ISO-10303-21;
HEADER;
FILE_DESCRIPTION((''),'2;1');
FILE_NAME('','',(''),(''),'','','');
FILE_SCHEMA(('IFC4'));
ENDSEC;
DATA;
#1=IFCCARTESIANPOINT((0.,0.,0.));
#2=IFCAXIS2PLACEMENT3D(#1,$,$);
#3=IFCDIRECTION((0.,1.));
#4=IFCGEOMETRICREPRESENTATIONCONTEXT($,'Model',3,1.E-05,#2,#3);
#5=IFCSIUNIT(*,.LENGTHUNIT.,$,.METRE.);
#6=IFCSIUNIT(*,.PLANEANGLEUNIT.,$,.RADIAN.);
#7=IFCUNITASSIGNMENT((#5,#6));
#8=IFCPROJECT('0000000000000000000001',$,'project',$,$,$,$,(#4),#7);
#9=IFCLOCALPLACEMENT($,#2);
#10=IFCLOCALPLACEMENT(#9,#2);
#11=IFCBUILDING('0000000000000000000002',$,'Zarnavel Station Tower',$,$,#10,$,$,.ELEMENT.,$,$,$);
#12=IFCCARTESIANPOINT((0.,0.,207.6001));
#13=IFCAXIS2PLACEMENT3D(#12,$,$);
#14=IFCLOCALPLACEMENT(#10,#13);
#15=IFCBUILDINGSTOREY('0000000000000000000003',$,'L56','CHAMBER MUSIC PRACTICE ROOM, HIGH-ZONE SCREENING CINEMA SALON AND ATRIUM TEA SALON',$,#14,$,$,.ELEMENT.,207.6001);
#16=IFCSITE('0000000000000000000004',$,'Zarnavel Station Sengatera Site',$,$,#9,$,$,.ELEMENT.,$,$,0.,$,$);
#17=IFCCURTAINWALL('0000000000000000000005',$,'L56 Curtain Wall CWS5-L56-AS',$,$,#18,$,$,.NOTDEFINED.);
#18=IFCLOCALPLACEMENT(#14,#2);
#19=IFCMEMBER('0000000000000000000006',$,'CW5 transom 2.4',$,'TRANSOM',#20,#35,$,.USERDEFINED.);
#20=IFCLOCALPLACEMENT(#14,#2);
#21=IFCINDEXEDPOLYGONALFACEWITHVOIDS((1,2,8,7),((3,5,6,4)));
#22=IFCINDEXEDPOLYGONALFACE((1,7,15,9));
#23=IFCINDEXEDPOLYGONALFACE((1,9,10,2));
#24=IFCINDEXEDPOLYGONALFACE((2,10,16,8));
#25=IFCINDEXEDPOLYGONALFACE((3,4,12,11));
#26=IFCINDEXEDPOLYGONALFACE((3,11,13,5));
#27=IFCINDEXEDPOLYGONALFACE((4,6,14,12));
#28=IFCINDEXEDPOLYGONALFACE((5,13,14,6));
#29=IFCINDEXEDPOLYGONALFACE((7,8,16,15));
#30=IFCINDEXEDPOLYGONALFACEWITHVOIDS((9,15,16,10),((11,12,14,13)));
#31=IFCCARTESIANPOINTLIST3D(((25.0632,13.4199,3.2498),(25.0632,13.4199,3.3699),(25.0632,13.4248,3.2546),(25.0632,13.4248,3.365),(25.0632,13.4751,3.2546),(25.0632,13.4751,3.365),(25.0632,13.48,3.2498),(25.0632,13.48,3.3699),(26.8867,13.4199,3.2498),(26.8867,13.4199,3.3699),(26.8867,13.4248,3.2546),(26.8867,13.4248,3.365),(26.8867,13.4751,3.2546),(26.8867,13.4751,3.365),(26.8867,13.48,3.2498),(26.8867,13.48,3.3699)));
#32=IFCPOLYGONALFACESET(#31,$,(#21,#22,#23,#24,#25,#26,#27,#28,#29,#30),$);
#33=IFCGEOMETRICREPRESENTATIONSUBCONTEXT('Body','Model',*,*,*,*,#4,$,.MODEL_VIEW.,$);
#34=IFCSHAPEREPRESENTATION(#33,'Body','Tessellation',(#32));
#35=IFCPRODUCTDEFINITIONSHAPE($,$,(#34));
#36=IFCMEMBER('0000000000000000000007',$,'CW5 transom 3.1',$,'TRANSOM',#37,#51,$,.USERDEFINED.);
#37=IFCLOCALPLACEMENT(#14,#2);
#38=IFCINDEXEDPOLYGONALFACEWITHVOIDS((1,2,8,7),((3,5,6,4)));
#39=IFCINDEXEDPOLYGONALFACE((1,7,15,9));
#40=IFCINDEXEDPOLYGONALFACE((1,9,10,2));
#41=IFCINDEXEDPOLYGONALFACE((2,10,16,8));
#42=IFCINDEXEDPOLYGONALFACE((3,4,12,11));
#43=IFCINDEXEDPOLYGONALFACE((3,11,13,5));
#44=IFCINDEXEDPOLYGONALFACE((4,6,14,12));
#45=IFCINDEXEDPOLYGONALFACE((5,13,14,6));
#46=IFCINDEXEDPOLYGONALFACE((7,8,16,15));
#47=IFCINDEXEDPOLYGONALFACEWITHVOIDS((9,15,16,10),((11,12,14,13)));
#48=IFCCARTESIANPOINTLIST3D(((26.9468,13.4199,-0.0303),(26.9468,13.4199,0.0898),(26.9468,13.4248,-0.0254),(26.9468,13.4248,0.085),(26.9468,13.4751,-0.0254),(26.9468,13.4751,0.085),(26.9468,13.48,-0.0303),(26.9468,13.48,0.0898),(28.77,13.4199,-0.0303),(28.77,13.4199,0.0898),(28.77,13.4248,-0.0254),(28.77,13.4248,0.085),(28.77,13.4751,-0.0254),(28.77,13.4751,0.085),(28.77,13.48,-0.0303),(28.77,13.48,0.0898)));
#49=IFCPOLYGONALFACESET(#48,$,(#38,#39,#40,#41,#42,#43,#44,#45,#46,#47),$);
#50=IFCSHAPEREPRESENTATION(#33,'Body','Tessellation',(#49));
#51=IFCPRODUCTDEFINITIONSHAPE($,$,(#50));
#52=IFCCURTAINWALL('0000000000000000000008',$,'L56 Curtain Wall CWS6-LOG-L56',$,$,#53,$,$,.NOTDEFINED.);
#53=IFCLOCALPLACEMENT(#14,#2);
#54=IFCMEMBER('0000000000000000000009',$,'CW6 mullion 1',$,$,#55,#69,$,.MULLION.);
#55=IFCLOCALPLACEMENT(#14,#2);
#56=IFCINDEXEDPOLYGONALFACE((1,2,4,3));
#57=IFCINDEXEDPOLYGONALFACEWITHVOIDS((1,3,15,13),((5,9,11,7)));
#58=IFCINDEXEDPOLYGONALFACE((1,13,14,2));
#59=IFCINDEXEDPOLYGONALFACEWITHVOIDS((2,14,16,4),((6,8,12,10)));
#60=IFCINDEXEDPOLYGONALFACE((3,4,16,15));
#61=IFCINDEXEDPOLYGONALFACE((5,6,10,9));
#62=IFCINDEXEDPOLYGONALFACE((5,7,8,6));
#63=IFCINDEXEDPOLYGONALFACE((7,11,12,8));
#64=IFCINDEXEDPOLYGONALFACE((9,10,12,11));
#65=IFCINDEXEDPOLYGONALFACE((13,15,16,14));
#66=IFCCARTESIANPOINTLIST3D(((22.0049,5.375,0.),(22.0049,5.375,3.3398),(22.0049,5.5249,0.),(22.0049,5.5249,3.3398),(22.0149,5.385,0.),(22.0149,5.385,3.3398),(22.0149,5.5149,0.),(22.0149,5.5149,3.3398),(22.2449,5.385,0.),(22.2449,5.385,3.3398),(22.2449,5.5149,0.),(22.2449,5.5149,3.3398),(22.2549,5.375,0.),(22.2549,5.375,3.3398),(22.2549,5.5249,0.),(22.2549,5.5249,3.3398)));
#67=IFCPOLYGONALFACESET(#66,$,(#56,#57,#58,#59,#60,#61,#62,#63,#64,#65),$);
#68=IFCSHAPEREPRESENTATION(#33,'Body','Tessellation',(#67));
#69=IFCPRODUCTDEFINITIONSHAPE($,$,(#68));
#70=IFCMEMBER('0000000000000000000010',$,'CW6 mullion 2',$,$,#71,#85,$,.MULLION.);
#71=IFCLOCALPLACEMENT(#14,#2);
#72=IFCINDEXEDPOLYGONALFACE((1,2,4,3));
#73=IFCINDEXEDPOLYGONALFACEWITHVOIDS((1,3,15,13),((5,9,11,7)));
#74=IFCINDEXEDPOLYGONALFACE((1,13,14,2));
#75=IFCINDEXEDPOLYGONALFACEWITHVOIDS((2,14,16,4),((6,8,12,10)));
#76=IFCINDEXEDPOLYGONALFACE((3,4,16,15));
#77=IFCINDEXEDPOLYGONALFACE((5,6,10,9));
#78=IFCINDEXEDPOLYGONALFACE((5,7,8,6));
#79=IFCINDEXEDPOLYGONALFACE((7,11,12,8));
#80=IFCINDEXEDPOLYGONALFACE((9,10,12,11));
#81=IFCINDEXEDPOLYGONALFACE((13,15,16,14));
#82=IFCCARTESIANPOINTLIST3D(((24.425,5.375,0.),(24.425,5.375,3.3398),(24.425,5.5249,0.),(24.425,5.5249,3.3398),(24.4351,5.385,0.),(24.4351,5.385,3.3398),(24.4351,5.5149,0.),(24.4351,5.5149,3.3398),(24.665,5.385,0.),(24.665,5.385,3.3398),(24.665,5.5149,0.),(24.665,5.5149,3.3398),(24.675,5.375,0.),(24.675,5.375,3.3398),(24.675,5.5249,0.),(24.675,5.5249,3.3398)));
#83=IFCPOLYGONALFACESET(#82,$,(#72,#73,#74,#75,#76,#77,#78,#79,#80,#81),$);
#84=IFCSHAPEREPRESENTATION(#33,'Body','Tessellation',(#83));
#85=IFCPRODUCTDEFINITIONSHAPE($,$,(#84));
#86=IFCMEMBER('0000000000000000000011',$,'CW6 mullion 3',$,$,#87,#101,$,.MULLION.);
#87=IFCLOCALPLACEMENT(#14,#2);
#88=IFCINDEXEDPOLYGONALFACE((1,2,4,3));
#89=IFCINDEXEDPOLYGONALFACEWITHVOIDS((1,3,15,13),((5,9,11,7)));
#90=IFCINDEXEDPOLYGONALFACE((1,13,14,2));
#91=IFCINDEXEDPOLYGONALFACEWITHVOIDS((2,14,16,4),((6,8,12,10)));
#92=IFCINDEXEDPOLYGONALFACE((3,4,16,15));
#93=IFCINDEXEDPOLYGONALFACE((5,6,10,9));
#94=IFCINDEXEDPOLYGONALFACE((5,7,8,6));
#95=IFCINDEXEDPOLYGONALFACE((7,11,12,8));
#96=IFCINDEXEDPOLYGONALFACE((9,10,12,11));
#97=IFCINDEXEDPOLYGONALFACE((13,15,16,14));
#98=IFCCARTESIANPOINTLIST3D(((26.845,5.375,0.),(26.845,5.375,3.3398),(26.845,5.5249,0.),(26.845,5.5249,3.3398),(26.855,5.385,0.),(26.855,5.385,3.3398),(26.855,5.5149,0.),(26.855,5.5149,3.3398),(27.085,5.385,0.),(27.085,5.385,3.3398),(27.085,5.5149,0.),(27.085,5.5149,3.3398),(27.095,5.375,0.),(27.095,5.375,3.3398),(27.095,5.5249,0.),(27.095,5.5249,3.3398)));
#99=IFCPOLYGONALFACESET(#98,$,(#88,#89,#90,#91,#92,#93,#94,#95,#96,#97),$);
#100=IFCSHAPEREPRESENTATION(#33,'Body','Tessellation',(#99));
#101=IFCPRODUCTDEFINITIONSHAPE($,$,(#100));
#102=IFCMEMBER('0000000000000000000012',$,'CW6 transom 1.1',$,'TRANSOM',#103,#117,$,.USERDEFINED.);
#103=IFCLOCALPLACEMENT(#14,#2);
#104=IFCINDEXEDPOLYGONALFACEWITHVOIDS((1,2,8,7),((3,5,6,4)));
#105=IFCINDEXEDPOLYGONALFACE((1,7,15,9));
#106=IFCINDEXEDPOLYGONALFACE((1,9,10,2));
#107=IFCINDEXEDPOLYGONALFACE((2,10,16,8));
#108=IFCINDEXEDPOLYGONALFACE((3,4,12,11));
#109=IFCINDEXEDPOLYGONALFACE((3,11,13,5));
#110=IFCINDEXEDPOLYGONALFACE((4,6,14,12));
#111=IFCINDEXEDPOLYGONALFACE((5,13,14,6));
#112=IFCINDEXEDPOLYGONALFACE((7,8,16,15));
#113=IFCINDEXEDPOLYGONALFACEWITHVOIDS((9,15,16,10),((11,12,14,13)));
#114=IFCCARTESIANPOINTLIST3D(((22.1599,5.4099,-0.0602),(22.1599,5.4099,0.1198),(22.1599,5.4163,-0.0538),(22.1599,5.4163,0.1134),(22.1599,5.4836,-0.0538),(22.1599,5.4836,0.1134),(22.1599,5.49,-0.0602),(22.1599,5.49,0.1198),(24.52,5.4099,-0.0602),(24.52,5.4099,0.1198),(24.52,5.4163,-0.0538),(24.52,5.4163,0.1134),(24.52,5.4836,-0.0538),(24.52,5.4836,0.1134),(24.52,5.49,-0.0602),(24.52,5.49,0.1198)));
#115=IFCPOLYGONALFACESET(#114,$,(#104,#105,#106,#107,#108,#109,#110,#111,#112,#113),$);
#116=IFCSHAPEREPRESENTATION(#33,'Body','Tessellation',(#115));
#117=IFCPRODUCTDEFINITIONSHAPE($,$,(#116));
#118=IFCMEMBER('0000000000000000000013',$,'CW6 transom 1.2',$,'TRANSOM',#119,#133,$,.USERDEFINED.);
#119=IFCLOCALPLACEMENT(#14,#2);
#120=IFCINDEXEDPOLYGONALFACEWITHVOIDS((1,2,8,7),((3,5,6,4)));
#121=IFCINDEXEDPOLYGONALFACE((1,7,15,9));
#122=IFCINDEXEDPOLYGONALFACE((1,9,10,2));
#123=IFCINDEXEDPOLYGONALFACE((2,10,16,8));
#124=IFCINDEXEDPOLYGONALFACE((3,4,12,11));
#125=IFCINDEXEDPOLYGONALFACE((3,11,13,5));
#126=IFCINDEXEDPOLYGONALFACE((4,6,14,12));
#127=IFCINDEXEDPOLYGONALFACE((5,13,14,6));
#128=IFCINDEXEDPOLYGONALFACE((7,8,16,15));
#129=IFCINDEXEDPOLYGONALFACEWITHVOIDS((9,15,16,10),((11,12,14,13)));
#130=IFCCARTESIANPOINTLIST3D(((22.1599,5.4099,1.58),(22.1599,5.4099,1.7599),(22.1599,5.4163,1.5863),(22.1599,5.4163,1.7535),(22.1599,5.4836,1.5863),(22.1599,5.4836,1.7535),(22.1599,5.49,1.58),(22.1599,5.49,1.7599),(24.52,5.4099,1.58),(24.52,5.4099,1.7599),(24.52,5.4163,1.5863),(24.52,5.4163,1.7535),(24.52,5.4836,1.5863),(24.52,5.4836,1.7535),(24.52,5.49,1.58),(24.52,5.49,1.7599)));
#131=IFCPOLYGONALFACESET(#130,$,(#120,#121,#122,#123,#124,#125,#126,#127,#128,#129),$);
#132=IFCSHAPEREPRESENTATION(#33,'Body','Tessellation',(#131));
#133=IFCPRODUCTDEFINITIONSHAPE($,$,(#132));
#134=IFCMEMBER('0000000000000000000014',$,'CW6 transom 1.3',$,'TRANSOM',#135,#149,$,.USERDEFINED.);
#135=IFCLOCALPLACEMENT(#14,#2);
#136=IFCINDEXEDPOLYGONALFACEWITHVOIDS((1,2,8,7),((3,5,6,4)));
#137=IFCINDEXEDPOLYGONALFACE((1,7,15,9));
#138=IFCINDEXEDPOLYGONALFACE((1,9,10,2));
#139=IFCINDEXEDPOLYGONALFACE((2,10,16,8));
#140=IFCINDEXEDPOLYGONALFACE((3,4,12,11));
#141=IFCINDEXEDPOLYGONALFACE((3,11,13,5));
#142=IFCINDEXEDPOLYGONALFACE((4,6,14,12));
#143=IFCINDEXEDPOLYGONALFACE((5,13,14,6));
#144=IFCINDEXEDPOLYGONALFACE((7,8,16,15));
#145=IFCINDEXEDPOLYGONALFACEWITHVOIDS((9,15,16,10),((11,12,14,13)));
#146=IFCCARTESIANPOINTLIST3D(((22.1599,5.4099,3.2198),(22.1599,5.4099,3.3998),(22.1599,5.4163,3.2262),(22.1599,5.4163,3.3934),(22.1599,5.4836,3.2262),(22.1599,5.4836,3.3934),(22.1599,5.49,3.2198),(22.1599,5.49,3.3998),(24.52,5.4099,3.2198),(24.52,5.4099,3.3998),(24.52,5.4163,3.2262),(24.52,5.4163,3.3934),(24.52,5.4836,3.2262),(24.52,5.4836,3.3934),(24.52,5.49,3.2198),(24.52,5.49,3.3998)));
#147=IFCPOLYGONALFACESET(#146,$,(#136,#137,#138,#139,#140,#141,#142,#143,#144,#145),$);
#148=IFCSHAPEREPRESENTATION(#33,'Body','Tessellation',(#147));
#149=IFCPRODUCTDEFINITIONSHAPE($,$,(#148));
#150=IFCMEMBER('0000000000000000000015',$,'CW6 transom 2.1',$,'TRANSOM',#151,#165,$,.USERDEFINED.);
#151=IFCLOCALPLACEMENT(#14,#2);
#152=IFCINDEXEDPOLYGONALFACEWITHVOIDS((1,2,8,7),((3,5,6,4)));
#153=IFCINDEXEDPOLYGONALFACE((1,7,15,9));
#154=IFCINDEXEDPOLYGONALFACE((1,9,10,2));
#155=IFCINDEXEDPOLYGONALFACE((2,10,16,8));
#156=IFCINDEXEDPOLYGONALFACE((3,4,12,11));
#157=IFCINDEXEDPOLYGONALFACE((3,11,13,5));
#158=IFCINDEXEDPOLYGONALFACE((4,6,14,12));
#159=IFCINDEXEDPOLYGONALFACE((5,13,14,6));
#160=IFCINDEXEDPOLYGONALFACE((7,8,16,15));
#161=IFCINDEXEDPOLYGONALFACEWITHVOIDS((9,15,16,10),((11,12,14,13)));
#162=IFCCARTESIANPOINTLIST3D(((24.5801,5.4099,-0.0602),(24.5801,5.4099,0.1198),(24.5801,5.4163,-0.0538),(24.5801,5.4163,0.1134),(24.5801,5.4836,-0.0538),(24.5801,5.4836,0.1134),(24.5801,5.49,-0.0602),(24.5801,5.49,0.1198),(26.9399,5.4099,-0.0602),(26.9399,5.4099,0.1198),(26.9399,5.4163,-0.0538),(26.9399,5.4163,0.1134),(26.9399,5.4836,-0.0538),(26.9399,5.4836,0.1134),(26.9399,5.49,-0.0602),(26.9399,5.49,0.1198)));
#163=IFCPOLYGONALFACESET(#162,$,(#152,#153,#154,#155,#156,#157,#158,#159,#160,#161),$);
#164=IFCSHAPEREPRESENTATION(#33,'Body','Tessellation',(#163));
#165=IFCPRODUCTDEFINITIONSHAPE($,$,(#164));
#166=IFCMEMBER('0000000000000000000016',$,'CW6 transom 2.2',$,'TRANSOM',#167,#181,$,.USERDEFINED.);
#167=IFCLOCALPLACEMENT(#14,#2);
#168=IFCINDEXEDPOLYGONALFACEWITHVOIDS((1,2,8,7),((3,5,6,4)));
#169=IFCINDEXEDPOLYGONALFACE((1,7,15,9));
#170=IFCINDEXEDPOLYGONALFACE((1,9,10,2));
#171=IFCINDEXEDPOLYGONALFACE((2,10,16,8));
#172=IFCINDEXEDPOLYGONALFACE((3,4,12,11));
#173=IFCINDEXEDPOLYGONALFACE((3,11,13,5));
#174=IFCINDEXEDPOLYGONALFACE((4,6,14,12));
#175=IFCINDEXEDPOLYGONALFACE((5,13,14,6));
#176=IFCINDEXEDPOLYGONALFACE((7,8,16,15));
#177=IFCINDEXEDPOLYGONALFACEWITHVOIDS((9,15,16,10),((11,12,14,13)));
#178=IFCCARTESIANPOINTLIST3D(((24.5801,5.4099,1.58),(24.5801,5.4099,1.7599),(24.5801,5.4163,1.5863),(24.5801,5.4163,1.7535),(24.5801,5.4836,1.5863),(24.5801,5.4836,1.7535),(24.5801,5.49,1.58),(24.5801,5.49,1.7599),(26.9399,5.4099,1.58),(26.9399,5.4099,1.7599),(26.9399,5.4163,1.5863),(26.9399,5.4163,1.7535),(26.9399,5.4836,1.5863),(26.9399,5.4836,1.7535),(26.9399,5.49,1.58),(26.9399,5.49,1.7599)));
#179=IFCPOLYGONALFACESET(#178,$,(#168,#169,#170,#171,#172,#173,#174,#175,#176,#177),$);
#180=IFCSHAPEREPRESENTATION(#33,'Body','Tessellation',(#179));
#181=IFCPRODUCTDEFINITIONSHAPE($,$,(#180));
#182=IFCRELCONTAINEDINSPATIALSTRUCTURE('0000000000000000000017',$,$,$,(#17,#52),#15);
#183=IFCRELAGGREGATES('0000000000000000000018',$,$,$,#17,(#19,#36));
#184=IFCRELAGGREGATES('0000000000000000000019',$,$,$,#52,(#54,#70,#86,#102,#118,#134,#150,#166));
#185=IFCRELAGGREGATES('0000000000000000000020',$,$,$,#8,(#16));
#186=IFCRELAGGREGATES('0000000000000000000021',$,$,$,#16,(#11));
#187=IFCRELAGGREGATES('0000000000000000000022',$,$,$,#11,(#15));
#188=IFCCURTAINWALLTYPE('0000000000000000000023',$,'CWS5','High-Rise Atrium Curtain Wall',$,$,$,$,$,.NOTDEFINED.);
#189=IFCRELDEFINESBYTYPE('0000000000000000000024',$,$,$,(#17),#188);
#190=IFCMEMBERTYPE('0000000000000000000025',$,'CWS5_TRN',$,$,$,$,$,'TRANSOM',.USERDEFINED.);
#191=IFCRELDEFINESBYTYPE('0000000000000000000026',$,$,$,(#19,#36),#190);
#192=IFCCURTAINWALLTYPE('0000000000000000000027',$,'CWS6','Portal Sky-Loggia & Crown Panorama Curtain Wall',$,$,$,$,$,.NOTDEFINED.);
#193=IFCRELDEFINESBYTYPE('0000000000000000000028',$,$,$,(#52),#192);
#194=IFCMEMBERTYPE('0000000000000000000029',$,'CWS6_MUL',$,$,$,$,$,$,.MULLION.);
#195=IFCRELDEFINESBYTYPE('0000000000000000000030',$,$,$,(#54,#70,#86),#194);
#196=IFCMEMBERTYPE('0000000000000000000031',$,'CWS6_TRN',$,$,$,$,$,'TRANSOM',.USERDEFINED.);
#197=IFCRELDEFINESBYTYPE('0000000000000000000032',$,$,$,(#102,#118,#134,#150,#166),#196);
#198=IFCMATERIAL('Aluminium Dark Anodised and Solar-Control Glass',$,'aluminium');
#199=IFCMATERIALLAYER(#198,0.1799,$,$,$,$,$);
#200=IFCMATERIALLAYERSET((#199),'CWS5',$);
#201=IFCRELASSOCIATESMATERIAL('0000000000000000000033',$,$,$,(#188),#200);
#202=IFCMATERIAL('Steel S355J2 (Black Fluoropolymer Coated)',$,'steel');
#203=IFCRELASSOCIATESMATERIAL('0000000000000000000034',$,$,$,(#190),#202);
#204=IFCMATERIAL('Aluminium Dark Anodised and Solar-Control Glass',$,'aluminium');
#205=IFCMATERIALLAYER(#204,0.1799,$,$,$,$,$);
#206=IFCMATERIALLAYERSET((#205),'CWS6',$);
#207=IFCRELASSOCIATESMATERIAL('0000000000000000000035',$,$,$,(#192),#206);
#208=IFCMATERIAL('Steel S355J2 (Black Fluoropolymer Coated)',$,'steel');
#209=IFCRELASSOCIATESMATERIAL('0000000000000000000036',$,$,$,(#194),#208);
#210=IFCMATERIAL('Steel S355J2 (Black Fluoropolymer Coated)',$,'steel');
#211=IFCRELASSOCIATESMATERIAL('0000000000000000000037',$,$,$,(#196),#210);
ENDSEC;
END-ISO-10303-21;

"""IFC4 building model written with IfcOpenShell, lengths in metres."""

from ifc_helpers import new_model, si_unit, direction, frame, origin, origin_2d, place, context, subcontext, project, spatial, hollow_rectangle, extrude, material, layer, layer_set, material_profile, profile_set, type_object, element, aggregate, save


model = new_model("IFC4")

# Units and contexts
model_context = context("Model", 3, precision=1e-05, world=origin(), true_north=direction((0.0, 1.0)))
body_context = subcontext(model_context, "Body", "Model", "MODEL_VIEW")
ifc_project = project(units=[si_unit("LENGTHUNIT", "METRE"), si_unit("PLANEANGLEUNIT", "RADIAN")], contexts=[model_context])

# Site, building, storey
site_placement = place(None, origin())
site = spatial("IfcSite", under=ifc_project, at=site_placement, Name="Zarnavel Station Sengatera Site", CompositionType="ELEMENT", RefElevation=0.0)
building_placement = place(site_placement, origin())
building = spatial("IfcBuilding", under=site, at=building_placement, Name="Zarnavel Station Tower", CompositionType="ELEMENT")
storey_placement = place(building_placement, frame((0.0, 0.0, 207.6001)))
storey = spatial("IfcBuildingStorey", under=building, at=storey_placement, Name="L56", Description="CHAMBER MUSIC PRACTICE ROOM, HIGH-ZONE SCREENING CINEMA SALON AND ATRIUM TEA SALON", CompositionType="ELEMENT", Elevation=207.6001)

# Curtain walls, members
ifc_material_1 = material(Name="Aluminium Dark Anodised and Solar-Control Glass", Category="aluminium")
ifc_layer_1 = layer(ifc_material_1, 0.1799)
ifc_layer_set_1 = layer_set([ifc_layer_1], Name="CWS5")
curtain_wall_type_1 = type_object("IfcCurtainWallType", Name="CWS5", Description="High-Rise Atrium Curtain Wall", PredefinedType="NOTDEFINED", material=ifc_layer_set_1)
curtain_wall_1_placement = place(storey_placement, origin())
curtain_wall_1 = element("IfcCurtainWall", 1, at=curtain_wall_1_placement, inside=storey, type_object=curtain_wall_type_1, Name="L56 Curtain Wall CWS5-L56-AS", PredefinedType="NOTDEFINED")
ifc_material_2 = material(Name="Steel S355J2 (Black Fluoropolymer Coated)", Category="steel")
ifc_material_profile_1 = material_profile(ifc_material_2, hollow_rectangle(XDim=0.0601, YDim=0.1201, WallThickness=0.0049, at=origin_2d()), Name="RHS120x60x5")
ifc_profile_set_1 = profile_set([ifc_material_profile_1], Name="Steel S355J2 (Black Fluoropolymer Coated)")
member_type_1 = type_object("IfcMemberType", Name="CWS5_TRN", ElementType="TRANSOM", PredefinedType="USERDEFINED", material=ifc_profile_set_1)
member_1_placement = place(storey_placement, frame((25.0632, 13.45, 3.3098), z_axis=(1.0, 0.0, 0.0), x_axis=(0.0, 1.0, 0.0)))
member_1 = element("IfcMember", 2, at=member_1_placement, type_object=member_type_1, Name="CW5 transom 2.4", ObjectType="TRANSOM", PredefinedType="USERDEFINED", context=body_context, shape_type="SweptSolid", body=[
    extrude(hollow_rectangle(XDim=0.0601, YDim=0.1201, WallThickness=0.0049, at=origin_2d()), origin(), (0.0, 0.0, 1.0), 1.8235),
])
member_2_placement = place(storey_placement, frame((26.9468, 13.45, 0.0298), z_axis=(1.0, 0.0, 0.0), x_axis=(0.0, 1.0, 0.0)))
member_2 = element("IfcMember", 3, at=member_2_placement, type_object=member_type_1, Name="CW5 transom 3.1", ObjectType="TRANSOM", PredefinedType="USERDEFINED", context=body_context, shape_type="SweptSolid", body=[
    extrude(hollow_rectangle(XDim=0.0601, YDim=0.1201, WallThickness=0.0049, at=origin_2d()), origin(), (0.0, 0.0, 1.0), 1.8232),
])
ifc_material_3 = material(Name="Aluminium Dark Anodised and Solar-Control Glass", Category="aluminium")
ifc_layer_2 = layer(ifc_material_3, 0.1799)
ifc_layer_set_2 = layer_set([ifc_layer_2], Name="CWS6")
curtain_wall_type_2 = type_object("IfcCurtainWallType", Name="CWS6", Description="Portal Sky-Loggia & Crown Panorama Curtain Wall", PredefinedType="NOTDEFINED", material=ifc_layer_set_2)
curtain_wall_2_placement = place(storey_placement, origin())
curtain_wall_2 = element("IfcCurtainWall", 4, at=curtain_wall_2_placement, inside=storey, type_object=curtain_wall_type_2, Name="L56 Curtain Wall CWS6-LOG-L56", PredefinedType="NOTDEFINED")
ifc_material_4 = material(Name="Steel S355J2 (Black Fluoropolymer Coated)", Category="steel")
ifc_material_profile_2 = material_profile(ifc_material_4, hollow_rectangle(XDim=0.1499, YDim=0.25, WallThickness=0.01, at=origin_2d()), Name="RHS250x150x10")
ifc_profile_set_2 = profile_set([ifc_material_profile_2], Name="Steel S355J2 (Black Fluoropolymer Coated)")
member_type_2 = type_object("IfcMemberType", Name="CWS6_MUL", PredefinedType="MULLION", material=ifc_profile_set_2)
member_3_placement = place(storey_placement, frame((22.1299, 5.45, 0.0), z_axis=(0.0, 0.0, 1.0), x_axis=(0.0, 1.0, 0.0)))
member_3 = element("IfcMember", 5, at=member_3_placement, type_object=member_type_2, Name="CW6 mullion 1", PredefinedType="MULLION", context=body_context, shape_type="SweptSolid", body=[
    extrude(hollow_rectangle(XDim=0.1499, YDim=0.25, WallThickness=0.01, at=origin_2d()), origin(), (0.0, 0.0, 1.0), 3.3398),
])
member_4_placement = place(storey_placement, frame((24.55, 5.45, 0.0), z_axis=(0.0, 0.0, 1.0), x_axis=(0.0, 1.0, 0.0)))
member_4 = element("IfcMember", 6, at=member_4_placement, type_object=member_type_2, Name="CW6 mullion 2", PredefinedType="MULLION", context=body_context, shape_type="SweptSolid", body=[
    extrude(hollow_rectangle(XDim=0.1499, YDim=0.25, WallThickness=0.01, at=origin_2d()), origin(), (0.0, 0.0, 1.0), 3.3398),
])
member_5_placement = place(storey_placement, frame((26.97, 5.45, 0.0), z_axis=(0.0, 0.0, 1.0), x_axis=(0.0, 1.0, 0.0)))
member_5 = element("IfcMember", 7, at=member_5_placement, type_object=member_type_2, Name="CW6 mullion 3", PredefinedType="MULLION", context=body_context, shape_type="SweptSolid", body=[
    extrude(hollow_rectangle(XDim=0.1499, YDim=0.25, WallThickness=0.01, at=origin_2d()), origin(), (0.0, 0.0, 1.0), 3.3398),
])
ifc_material_5 = material(Name="Steel S355J2 (Black Fluoropolymer Coated)", Category="steel")
ifc_material_profile_3 = material_profile(ifc_material_5, hollow_rectangle(XDim=0.0801, YDim=0.1799, WallThickness=0.0063, at=origin_2d()), Name="RHS180x80x6.3")
ifc_profile_set_3 = profile_set([ifc_material_profile_3], Name="Steel S355J2 (Black Fluoropolymer Coated)")
member_type_3 = type_object("IfcMemberType", Name="CWS6_TRN", ElementType="TRANSOM", PredefinedType="USERDEFINED", material=ifc_profile_set_3)
member_6_placement = place(storey_placement, frame((22.1599, 5.45, 0.0298), z_axis=(1.0, 0.0, 0.0), x_axis=(0.0, 1.0, 0.0)))
member_6 = element("IfcMember", 8, at=member_6_placement, type_object=member_type_3, Name="CW6 transom 1.1", ObjectType="TRANSOM", PredefinedType="USERDEFINED", context=body_context, shape_type="SweptSolid", body=[
    extrude(hollow_rectangle(XDim=0.0801, YDim=0.1799, WallThickness=0.0063, at=origin_2d()), origin(), (0.0, 0.0, 1.0), 2.3601),
])
member_7_placement = place(storey_placement, frame((22.1599, 5.45, 1.6699), z_axis=(1.0, 0.0, 0.0), x_axis=(0.0, 1.0, 0.0)))
member_7 = element("IfcMember", 9, at=member_7_placement, type_object=member_type_3, Name="CW6 transom 1.2", ObjectType="TRANSOM", PredefinedType="USERDEFINED", context=body_context, shape_type="SweptSolid", body=[
    extrude(hollow_rectangle(XDim=0.0801, YDim=0.1799, WallThickness=0.0063, at=origin_2d()), origin(), (0.0, 0.0, 1.0), 2.3601),
])
member_8_placement = place(storey_placement, frame((22.1599, 5.45, 3.3098), z_axis=(1.0, 0.0, 0.0), x_axis=(0.0, 1.0, 0.0)))
member_8 = element("IfcMember", 10, at=member_8_placement, type_object=member_type_3, Name="CW6 transom 1.3", ObjectType="TRANSOM", PredefinedType="USERDEFINED", context=body_context, shape_type="SweptSolid", body=[
    extrude(hollow_rectangle(XDim=0.0801, YDim=0.1799, WallThickness=0.0063, at=origin_2d()), origin(), (0.0, 0.0, 1.0), 2.3601),
])
member_9_placement = place(storey_placement, frame((24.5801, 5.45, 0.0298), z_axis=(1.0, 0.0, 0.0), x_axis=(0.0, 1.0, 0.0)))
member_9 = element("IfcMember", 11, at=member_9_placement, type_object=member_type_3, Name="CW6 transom 2.1", ObjectType="TRANSOM", PredefinedType="USERDEFINED", context=body_context, shape_type="SweptSolid", body=[
    extrude(hollow_rectangle(XDim=0.0801, YDim=0.1799, WallThickness=0.0063, at=origin_2d()), origin(), (0.0, 0.0, 1.0), 2.3599),
])
member_10_placement = place(storey_placement, frame((24.5801, 5.45, 1.6699), z_axis=(1.0, 0.0, 0.0), x_axis=(0.0, 1.0, 0.0)))
member_10 = element("IfcMember", 12, at=member_10_placement, type_object=member_type_3, Name="CW6 transom 2.2", ObjectType="TRANSOM", PredefinedType="USERDEFINED", context=body_context, shape_type="SweptSolid", body=[
    extrude(hollow_rectangle(XDim=0.0801, YDim=0.1799, WallThickness=0.0063, at=origin_2d()), origin(), (0.0, 0.0, 1.0), 2.3599),
])

aggregate(curtain_wall_1, [member_1, member_2])
aggregate(curtain_wall_2, [member_3, member_4, member_5, member_6, member_7, member_8, member_9, member_10])

save(model, "model.ifc")
